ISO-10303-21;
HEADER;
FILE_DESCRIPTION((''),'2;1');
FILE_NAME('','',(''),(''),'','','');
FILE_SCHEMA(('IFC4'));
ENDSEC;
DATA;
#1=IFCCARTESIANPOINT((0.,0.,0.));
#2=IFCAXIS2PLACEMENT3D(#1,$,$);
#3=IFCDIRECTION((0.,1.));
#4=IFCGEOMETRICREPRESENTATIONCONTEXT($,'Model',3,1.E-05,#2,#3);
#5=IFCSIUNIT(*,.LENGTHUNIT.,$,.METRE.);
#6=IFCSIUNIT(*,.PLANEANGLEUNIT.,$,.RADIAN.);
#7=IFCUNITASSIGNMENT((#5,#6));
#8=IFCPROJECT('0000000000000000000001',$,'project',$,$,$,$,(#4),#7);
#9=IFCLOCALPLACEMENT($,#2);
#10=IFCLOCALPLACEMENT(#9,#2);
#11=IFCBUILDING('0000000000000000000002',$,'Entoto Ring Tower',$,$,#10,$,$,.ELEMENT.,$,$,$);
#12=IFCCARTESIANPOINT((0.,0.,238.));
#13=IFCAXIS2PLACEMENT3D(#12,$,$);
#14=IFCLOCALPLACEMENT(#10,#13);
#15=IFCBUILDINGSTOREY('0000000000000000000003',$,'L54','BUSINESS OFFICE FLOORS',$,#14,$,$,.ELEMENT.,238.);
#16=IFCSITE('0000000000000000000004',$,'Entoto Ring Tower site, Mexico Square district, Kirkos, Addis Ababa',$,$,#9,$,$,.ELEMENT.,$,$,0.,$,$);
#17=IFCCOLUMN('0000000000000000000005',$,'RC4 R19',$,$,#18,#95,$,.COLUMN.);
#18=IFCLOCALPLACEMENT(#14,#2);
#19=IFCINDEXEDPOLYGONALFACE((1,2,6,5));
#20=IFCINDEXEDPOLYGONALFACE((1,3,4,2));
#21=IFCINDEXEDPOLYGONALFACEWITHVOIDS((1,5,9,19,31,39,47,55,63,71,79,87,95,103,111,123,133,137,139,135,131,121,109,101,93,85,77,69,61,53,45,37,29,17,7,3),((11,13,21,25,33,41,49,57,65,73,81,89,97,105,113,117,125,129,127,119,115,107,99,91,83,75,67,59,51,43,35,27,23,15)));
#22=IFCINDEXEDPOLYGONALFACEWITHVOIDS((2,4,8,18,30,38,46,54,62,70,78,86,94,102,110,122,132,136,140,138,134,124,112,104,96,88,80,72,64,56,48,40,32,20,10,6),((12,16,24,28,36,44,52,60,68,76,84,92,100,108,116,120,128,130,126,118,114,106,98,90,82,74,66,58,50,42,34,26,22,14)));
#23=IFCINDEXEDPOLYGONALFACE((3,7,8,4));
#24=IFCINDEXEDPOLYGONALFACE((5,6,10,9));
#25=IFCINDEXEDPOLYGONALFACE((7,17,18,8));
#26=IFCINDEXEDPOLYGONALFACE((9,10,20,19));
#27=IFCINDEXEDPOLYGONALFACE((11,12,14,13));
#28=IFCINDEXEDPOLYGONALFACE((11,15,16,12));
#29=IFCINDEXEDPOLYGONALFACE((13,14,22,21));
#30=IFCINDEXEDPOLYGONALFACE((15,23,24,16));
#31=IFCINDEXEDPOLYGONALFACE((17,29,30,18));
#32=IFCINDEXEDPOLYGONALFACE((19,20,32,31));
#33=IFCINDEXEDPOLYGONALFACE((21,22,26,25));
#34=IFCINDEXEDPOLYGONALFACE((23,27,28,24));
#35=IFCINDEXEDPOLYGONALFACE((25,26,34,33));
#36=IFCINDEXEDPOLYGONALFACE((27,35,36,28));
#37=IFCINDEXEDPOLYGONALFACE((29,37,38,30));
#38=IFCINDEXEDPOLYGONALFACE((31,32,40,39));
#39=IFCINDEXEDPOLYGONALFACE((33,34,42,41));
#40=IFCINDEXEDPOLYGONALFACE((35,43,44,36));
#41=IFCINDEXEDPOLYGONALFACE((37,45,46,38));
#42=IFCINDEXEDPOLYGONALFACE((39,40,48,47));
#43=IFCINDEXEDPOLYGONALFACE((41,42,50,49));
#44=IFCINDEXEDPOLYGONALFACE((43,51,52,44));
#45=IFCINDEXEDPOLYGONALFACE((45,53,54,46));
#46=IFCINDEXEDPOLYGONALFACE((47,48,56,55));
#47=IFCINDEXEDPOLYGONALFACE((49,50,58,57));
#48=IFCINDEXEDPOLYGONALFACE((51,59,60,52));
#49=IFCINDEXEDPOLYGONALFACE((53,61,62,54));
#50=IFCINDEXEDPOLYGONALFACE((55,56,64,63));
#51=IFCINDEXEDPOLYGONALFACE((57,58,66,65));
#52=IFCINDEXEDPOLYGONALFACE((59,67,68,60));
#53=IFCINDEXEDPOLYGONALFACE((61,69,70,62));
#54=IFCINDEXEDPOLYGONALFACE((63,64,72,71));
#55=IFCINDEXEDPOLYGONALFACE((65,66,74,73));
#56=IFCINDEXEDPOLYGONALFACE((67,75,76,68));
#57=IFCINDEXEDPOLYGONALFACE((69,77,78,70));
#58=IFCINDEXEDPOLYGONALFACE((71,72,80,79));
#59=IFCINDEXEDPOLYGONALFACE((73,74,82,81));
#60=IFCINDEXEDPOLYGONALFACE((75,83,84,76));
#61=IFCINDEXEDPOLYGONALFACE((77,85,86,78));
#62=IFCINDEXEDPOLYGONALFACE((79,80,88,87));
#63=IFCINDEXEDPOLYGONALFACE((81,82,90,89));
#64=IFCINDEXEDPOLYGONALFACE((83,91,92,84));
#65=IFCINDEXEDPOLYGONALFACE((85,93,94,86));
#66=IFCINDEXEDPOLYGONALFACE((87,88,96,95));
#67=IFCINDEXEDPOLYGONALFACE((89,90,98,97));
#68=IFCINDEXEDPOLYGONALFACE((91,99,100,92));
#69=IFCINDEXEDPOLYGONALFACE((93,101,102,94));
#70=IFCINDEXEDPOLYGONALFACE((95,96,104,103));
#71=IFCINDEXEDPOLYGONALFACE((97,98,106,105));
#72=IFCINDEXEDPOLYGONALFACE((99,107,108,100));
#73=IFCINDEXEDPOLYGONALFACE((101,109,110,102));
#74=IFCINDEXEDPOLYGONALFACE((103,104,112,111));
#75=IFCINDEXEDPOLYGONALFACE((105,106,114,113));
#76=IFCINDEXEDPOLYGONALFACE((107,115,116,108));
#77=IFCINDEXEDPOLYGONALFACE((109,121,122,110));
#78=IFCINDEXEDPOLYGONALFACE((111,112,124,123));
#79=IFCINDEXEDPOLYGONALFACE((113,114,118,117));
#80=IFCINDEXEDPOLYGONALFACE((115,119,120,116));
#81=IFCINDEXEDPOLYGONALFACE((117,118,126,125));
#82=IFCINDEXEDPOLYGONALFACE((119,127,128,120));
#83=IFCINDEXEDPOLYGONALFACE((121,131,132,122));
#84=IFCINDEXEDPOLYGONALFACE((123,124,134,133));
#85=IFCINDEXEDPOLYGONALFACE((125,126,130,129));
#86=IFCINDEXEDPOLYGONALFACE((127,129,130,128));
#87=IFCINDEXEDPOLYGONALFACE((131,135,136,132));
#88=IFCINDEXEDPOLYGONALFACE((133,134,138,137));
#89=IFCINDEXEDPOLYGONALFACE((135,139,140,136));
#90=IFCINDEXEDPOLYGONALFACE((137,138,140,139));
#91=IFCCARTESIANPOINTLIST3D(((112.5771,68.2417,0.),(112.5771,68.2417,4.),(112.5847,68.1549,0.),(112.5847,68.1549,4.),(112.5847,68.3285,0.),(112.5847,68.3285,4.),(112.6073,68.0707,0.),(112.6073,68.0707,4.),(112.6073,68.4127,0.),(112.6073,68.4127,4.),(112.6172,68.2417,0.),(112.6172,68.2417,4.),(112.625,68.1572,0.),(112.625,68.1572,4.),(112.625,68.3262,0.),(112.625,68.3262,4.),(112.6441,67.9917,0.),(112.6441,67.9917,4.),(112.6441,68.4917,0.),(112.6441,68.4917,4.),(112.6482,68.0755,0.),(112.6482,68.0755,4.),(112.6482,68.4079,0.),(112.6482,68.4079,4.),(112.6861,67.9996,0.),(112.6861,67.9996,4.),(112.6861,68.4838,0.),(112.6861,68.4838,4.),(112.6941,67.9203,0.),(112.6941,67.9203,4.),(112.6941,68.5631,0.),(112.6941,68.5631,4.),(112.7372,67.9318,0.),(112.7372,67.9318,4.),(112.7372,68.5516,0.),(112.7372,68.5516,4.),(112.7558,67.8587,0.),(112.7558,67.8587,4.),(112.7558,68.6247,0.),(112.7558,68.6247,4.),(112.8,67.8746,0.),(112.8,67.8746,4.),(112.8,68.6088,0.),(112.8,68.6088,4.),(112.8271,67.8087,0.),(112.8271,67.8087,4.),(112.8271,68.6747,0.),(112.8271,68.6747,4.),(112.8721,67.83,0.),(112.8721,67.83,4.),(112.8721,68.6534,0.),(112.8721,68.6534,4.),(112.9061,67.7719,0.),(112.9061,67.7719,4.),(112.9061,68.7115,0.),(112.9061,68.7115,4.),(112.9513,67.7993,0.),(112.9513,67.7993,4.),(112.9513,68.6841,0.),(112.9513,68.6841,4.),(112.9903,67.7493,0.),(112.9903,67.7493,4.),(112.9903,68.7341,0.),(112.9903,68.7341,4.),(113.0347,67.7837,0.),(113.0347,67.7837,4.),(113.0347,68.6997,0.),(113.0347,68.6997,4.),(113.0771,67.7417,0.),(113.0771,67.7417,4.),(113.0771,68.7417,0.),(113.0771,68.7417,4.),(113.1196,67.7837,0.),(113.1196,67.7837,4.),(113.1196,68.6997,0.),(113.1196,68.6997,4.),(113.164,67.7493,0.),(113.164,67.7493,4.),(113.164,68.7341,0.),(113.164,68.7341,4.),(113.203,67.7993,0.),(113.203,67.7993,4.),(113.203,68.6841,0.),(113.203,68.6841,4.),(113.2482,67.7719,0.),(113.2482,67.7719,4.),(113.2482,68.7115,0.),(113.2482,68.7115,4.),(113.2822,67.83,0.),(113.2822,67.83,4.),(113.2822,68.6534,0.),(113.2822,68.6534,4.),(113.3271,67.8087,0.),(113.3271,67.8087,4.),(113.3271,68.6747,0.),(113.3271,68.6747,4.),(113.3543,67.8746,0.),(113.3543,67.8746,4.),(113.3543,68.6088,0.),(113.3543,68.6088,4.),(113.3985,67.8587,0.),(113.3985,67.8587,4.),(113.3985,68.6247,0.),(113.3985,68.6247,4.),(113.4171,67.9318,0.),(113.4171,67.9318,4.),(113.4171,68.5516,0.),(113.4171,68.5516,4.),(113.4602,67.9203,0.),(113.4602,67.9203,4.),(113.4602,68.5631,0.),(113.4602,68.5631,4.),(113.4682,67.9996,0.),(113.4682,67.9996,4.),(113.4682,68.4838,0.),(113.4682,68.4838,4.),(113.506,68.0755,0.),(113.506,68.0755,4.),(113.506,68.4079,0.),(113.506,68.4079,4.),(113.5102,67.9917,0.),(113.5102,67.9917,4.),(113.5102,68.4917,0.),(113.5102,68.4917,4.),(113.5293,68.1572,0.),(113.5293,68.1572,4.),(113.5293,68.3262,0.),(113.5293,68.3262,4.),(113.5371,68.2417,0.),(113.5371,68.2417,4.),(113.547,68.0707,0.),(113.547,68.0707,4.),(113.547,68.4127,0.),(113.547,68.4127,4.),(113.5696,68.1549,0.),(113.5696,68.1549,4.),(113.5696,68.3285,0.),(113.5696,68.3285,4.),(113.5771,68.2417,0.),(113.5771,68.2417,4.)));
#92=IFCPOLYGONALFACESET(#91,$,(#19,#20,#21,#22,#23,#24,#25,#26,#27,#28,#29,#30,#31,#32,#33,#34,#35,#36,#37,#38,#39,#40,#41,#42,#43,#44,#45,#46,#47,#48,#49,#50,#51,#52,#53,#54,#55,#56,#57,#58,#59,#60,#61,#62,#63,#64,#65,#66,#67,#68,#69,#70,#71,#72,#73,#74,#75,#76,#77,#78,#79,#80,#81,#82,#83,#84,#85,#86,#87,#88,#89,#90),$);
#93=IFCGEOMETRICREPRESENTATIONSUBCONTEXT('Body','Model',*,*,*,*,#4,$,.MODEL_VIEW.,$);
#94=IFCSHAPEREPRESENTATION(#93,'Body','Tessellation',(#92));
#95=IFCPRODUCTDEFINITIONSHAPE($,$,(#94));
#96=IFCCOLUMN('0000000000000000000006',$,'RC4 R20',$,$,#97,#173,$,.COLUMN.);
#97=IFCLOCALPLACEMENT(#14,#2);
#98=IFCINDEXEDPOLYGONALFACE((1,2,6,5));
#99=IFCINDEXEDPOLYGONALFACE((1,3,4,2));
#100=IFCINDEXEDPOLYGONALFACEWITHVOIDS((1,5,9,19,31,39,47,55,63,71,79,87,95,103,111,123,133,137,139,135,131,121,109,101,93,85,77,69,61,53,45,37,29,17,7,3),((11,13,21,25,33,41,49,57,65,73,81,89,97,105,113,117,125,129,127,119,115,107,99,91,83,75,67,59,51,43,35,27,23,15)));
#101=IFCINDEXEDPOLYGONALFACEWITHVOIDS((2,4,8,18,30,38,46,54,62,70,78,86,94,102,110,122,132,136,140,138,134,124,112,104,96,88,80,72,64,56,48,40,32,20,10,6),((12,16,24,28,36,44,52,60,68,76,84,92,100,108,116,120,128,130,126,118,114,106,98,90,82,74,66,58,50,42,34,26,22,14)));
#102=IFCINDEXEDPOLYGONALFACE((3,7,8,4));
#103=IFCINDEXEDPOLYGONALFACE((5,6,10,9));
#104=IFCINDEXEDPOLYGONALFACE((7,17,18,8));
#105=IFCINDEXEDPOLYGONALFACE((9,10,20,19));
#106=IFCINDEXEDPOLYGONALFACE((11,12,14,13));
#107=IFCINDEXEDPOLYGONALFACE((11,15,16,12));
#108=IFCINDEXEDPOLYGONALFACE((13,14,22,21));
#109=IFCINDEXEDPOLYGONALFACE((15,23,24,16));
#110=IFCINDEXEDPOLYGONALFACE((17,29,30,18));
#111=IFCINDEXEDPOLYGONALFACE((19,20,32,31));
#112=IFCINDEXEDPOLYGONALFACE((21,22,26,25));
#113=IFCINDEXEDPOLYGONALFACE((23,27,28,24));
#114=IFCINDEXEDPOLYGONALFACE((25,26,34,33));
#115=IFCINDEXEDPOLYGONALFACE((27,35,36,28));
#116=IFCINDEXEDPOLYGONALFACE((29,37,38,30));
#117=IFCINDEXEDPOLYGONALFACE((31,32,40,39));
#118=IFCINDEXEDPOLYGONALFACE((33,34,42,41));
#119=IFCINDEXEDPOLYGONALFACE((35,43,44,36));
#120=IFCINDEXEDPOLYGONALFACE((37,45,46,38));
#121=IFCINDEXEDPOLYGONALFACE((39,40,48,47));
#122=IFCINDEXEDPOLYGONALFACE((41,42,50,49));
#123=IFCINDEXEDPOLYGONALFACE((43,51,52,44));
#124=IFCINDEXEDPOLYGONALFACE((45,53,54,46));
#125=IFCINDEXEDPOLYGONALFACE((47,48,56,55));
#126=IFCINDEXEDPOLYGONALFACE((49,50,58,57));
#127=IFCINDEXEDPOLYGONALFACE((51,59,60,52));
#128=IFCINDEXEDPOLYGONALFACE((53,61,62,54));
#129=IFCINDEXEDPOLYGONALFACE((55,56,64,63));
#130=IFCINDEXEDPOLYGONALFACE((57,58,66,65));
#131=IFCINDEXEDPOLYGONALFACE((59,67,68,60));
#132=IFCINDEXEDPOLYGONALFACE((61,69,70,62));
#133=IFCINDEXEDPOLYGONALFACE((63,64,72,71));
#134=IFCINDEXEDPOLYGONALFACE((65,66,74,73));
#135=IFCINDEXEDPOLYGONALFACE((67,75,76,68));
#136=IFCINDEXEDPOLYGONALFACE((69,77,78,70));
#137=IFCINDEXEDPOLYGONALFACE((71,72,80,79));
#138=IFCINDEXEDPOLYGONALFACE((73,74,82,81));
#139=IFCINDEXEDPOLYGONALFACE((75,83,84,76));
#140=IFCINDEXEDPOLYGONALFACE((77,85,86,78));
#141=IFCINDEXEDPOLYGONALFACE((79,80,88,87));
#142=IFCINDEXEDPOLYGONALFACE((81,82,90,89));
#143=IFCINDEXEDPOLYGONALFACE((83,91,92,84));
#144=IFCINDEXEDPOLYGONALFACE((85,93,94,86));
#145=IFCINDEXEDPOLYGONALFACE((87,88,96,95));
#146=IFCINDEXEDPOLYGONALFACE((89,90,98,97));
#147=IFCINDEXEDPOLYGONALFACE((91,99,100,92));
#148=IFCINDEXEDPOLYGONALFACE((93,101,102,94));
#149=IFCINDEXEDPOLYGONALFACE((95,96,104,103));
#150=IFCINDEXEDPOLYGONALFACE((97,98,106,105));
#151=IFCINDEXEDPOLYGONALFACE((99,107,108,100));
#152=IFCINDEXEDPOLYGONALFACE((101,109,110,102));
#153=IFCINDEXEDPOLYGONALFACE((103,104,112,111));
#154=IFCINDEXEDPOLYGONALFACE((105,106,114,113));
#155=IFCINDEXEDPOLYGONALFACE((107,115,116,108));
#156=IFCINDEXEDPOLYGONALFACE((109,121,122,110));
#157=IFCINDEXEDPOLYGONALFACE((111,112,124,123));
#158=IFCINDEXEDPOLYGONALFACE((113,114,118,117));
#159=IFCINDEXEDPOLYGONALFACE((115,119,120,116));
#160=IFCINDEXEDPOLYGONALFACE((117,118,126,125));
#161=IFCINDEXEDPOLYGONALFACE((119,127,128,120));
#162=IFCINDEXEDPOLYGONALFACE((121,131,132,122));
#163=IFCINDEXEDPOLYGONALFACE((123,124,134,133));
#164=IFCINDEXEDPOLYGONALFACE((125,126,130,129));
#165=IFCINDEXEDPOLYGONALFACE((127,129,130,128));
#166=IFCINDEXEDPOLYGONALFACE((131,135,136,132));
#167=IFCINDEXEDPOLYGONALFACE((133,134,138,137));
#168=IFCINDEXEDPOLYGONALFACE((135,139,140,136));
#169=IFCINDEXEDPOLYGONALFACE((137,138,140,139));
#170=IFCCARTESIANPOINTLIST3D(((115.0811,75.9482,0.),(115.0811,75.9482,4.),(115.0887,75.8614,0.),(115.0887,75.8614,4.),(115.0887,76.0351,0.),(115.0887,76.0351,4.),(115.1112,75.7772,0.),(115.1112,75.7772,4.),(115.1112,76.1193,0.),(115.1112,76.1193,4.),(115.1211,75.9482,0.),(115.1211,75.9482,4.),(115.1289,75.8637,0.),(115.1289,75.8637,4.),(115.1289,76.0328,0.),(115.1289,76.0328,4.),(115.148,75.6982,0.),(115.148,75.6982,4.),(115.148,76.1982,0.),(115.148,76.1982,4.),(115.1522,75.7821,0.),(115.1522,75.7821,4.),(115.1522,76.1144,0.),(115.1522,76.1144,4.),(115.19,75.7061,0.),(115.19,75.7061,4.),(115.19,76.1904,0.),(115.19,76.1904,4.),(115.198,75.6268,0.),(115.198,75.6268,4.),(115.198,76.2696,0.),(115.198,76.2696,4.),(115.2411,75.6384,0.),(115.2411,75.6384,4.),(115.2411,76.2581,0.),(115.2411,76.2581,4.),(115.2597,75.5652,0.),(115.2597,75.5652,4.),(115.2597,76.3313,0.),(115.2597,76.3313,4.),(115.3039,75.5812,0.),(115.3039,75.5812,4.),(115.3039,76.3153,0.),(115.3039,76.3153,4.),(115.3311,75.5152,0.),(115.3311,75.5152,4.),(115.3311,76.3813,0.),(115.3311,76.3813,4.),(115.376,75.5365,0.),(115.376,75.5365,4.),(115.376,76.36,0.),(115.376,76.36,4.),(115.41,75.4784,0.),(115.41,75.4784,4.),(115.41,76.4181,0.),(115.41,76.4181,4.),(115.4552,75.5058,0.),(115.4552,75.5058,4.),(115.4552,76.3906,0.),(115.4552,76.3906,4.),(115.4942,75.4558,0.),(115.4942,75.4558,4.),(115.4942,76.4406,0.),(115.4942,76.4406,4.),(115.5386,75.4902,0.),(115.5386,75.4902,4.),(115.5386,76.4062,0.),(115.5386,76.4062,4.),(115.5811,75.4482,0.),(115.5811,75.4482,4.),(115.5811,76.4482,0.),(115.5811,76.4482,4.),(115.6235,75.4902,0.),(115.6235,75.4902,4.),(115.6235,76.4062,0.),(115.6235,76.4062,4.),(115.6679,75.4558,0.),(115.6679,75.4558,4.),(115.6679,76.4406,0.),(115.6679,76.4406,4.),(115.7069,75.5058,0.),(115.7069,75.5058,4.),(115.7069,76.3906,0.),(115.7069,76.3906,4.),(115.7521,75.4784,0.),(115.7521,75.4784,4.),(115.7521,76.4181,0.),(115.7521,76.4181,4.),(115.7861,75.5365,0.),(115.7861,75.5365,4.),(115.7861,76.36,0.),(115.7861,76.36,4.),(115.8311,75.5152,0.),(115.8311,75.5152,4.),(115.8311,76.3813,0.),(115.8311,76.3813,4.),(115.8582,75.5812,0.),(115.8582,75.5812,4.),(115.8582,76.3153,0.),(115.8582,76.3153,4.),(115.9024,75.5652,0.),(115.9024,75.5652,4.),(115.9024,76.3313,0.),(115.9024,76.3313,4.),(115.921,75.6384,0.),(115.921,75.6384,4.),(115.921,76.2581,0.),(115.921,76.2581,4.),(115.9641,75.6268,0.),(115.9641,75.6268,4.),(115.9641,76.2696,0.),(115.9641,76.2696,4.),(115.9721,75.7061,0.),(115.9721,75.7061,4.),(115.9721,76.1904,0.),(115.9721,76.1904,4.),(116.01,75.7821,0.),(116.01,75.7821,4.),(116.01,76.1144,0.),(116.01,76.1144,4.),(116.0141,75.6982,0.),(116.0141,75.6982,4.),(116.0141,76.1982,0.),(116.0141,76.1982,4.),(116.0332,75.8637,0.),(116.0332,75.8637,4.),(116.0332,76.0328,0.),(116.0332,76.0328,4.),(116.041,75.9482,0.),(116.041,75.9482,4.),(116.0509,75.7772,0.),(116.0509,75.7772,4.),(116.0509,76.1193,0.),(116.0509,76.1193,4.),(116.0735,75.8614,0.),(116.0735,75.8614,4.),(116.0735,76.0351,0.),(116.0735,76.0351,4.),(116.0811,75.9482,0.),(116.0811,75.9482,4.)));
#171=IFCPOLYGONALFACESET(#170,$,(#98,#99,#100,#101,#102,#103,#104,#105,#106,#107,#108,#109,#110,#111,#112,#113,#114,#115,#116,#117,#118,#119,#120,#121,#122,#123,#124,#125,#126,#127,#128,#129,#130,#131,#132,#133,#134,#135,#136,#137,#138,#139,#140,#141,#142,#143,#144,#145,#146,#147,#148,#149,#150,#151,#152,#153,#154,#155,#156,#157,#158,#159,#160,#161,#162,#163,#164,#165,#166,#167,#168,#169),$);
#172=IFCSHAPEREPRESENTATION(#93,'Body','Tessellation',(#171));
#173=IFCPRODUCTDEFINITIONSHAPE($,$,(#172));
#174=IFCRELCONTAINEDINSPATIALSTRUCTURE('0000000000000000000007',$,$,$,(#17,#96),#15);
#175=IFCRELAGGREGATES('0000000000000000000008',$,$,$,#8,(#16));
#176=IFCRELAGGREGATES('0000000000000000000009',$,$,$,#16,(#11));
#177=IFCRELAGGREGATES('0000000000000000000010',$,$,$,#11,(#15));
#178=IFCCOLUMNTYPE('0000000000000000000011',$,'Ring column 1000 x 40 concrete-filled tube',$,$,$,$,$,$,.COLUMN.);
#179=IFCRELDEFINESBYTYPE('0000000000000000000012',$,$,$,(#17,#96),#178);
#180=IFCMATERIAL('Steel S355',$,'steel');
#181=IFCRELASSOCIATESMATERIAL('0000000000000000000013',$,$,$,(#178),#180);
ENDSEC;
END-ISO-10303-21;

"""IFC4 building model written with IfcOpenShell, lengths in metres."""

from ifc_helpers import new_model, si_unit, direction, frame, origin, origin_2d, place, context, subcontext, project, spatial, circle, hollow_circle, extrude, material, material_profile, profile_set, type_object, element, save


model = new_model("IFC4")

# Units and contexts
model_context = context("Model", 3, precision=1e-05, world=origin(), true_north=direction((0.0, 1.0)))
body_context = subcontext(model_context, "Body", "Model", "MODEL_VIEW")
ifc_project = project(units=[si_unit("LENGTHUNIT", "METRE"), si_unit("PLANEANGLEUNIT", "RADIAN")], contexts=[model_context])

# Site, building, storey
site_placement = place(None, origin())
site = spatial("IfcSite", under=ifc_project, at=site_placement, Name="Entoto Ring Tower site, Mexico Square district, Kirkos, Addis Ababa", CompositionType="ELEMENT", RefElevation=0.0)
building_placement = place(site_placement, origin())
building = spatial("IfcBuilding", under=site, at=building_placement, Name="Entoto Ring Tower", CompositionType="ELEMENT")
storey_placement = place(building_placement, frame((0.0, 0.0, 238.0)))
storey = spatial("IfcBuildingStorey", under=building, at=storey_placement, Name="L54", Description="BUSINESS OFFICE FLOORS", CompositionType="ELEMENT", Elevation=238.0)

# Columns
ifc_material_1 = material(Name="Steel S355", Category="steel")
ifc_material_profile_1 = material_profile(ifc_material_1, hollow_circle(Radius=0.5, WallThickness=0.04, at=origin_2d()), Name="CHS 1000 x 40")
ifc_material_2 = material(Name="Concrete C60/75", Category="concrete")
ifc_material_profile_2 = material_profile(ifc_material_2, circle(Radius=0.46, at=origin_2d()), Name="Concrete C60/75 infill")
ifc_profile_set_1 = profile_set([ifc_material_profile_1, ifc_material_profile_2], Name="Steel S355")
column_type = type_object("IfcColumnType", Name="Ring column 1000 x 40 concrete-filled tube", PredefinedType="COLUMN", material=ifc_profile_set_1)
for number, where, z_axis, x_axis, name in (
    (1, (113.0771, 68.2417, 0.0), (0.0, 0.0, 1.0), (1.0, 0.0, 0.0), "RC4 R19"),
    (2, (115.5811, 75.9482, 0.0), (0.0, 0.0, 1.0), (1.0, 0.0, 0.0), "RC4 R20"),
):
    element("IfcColumn", number, at=place(storey_placement, frame(where, z_axis=z_axis, x_axis=x_axis)), inside=storey, type_object=column_type, Name=name, PredefinedType="COLUMN", context=body_context, shape_type="SweptSolid", body=[
        extrude(hollow_circle(Radius=0.5, WallThickness=0.04, at=origin_2d()), origin(), (0.0, 0.0, 1.0), 4.0),
    ])

save(model, "model.ifc")
